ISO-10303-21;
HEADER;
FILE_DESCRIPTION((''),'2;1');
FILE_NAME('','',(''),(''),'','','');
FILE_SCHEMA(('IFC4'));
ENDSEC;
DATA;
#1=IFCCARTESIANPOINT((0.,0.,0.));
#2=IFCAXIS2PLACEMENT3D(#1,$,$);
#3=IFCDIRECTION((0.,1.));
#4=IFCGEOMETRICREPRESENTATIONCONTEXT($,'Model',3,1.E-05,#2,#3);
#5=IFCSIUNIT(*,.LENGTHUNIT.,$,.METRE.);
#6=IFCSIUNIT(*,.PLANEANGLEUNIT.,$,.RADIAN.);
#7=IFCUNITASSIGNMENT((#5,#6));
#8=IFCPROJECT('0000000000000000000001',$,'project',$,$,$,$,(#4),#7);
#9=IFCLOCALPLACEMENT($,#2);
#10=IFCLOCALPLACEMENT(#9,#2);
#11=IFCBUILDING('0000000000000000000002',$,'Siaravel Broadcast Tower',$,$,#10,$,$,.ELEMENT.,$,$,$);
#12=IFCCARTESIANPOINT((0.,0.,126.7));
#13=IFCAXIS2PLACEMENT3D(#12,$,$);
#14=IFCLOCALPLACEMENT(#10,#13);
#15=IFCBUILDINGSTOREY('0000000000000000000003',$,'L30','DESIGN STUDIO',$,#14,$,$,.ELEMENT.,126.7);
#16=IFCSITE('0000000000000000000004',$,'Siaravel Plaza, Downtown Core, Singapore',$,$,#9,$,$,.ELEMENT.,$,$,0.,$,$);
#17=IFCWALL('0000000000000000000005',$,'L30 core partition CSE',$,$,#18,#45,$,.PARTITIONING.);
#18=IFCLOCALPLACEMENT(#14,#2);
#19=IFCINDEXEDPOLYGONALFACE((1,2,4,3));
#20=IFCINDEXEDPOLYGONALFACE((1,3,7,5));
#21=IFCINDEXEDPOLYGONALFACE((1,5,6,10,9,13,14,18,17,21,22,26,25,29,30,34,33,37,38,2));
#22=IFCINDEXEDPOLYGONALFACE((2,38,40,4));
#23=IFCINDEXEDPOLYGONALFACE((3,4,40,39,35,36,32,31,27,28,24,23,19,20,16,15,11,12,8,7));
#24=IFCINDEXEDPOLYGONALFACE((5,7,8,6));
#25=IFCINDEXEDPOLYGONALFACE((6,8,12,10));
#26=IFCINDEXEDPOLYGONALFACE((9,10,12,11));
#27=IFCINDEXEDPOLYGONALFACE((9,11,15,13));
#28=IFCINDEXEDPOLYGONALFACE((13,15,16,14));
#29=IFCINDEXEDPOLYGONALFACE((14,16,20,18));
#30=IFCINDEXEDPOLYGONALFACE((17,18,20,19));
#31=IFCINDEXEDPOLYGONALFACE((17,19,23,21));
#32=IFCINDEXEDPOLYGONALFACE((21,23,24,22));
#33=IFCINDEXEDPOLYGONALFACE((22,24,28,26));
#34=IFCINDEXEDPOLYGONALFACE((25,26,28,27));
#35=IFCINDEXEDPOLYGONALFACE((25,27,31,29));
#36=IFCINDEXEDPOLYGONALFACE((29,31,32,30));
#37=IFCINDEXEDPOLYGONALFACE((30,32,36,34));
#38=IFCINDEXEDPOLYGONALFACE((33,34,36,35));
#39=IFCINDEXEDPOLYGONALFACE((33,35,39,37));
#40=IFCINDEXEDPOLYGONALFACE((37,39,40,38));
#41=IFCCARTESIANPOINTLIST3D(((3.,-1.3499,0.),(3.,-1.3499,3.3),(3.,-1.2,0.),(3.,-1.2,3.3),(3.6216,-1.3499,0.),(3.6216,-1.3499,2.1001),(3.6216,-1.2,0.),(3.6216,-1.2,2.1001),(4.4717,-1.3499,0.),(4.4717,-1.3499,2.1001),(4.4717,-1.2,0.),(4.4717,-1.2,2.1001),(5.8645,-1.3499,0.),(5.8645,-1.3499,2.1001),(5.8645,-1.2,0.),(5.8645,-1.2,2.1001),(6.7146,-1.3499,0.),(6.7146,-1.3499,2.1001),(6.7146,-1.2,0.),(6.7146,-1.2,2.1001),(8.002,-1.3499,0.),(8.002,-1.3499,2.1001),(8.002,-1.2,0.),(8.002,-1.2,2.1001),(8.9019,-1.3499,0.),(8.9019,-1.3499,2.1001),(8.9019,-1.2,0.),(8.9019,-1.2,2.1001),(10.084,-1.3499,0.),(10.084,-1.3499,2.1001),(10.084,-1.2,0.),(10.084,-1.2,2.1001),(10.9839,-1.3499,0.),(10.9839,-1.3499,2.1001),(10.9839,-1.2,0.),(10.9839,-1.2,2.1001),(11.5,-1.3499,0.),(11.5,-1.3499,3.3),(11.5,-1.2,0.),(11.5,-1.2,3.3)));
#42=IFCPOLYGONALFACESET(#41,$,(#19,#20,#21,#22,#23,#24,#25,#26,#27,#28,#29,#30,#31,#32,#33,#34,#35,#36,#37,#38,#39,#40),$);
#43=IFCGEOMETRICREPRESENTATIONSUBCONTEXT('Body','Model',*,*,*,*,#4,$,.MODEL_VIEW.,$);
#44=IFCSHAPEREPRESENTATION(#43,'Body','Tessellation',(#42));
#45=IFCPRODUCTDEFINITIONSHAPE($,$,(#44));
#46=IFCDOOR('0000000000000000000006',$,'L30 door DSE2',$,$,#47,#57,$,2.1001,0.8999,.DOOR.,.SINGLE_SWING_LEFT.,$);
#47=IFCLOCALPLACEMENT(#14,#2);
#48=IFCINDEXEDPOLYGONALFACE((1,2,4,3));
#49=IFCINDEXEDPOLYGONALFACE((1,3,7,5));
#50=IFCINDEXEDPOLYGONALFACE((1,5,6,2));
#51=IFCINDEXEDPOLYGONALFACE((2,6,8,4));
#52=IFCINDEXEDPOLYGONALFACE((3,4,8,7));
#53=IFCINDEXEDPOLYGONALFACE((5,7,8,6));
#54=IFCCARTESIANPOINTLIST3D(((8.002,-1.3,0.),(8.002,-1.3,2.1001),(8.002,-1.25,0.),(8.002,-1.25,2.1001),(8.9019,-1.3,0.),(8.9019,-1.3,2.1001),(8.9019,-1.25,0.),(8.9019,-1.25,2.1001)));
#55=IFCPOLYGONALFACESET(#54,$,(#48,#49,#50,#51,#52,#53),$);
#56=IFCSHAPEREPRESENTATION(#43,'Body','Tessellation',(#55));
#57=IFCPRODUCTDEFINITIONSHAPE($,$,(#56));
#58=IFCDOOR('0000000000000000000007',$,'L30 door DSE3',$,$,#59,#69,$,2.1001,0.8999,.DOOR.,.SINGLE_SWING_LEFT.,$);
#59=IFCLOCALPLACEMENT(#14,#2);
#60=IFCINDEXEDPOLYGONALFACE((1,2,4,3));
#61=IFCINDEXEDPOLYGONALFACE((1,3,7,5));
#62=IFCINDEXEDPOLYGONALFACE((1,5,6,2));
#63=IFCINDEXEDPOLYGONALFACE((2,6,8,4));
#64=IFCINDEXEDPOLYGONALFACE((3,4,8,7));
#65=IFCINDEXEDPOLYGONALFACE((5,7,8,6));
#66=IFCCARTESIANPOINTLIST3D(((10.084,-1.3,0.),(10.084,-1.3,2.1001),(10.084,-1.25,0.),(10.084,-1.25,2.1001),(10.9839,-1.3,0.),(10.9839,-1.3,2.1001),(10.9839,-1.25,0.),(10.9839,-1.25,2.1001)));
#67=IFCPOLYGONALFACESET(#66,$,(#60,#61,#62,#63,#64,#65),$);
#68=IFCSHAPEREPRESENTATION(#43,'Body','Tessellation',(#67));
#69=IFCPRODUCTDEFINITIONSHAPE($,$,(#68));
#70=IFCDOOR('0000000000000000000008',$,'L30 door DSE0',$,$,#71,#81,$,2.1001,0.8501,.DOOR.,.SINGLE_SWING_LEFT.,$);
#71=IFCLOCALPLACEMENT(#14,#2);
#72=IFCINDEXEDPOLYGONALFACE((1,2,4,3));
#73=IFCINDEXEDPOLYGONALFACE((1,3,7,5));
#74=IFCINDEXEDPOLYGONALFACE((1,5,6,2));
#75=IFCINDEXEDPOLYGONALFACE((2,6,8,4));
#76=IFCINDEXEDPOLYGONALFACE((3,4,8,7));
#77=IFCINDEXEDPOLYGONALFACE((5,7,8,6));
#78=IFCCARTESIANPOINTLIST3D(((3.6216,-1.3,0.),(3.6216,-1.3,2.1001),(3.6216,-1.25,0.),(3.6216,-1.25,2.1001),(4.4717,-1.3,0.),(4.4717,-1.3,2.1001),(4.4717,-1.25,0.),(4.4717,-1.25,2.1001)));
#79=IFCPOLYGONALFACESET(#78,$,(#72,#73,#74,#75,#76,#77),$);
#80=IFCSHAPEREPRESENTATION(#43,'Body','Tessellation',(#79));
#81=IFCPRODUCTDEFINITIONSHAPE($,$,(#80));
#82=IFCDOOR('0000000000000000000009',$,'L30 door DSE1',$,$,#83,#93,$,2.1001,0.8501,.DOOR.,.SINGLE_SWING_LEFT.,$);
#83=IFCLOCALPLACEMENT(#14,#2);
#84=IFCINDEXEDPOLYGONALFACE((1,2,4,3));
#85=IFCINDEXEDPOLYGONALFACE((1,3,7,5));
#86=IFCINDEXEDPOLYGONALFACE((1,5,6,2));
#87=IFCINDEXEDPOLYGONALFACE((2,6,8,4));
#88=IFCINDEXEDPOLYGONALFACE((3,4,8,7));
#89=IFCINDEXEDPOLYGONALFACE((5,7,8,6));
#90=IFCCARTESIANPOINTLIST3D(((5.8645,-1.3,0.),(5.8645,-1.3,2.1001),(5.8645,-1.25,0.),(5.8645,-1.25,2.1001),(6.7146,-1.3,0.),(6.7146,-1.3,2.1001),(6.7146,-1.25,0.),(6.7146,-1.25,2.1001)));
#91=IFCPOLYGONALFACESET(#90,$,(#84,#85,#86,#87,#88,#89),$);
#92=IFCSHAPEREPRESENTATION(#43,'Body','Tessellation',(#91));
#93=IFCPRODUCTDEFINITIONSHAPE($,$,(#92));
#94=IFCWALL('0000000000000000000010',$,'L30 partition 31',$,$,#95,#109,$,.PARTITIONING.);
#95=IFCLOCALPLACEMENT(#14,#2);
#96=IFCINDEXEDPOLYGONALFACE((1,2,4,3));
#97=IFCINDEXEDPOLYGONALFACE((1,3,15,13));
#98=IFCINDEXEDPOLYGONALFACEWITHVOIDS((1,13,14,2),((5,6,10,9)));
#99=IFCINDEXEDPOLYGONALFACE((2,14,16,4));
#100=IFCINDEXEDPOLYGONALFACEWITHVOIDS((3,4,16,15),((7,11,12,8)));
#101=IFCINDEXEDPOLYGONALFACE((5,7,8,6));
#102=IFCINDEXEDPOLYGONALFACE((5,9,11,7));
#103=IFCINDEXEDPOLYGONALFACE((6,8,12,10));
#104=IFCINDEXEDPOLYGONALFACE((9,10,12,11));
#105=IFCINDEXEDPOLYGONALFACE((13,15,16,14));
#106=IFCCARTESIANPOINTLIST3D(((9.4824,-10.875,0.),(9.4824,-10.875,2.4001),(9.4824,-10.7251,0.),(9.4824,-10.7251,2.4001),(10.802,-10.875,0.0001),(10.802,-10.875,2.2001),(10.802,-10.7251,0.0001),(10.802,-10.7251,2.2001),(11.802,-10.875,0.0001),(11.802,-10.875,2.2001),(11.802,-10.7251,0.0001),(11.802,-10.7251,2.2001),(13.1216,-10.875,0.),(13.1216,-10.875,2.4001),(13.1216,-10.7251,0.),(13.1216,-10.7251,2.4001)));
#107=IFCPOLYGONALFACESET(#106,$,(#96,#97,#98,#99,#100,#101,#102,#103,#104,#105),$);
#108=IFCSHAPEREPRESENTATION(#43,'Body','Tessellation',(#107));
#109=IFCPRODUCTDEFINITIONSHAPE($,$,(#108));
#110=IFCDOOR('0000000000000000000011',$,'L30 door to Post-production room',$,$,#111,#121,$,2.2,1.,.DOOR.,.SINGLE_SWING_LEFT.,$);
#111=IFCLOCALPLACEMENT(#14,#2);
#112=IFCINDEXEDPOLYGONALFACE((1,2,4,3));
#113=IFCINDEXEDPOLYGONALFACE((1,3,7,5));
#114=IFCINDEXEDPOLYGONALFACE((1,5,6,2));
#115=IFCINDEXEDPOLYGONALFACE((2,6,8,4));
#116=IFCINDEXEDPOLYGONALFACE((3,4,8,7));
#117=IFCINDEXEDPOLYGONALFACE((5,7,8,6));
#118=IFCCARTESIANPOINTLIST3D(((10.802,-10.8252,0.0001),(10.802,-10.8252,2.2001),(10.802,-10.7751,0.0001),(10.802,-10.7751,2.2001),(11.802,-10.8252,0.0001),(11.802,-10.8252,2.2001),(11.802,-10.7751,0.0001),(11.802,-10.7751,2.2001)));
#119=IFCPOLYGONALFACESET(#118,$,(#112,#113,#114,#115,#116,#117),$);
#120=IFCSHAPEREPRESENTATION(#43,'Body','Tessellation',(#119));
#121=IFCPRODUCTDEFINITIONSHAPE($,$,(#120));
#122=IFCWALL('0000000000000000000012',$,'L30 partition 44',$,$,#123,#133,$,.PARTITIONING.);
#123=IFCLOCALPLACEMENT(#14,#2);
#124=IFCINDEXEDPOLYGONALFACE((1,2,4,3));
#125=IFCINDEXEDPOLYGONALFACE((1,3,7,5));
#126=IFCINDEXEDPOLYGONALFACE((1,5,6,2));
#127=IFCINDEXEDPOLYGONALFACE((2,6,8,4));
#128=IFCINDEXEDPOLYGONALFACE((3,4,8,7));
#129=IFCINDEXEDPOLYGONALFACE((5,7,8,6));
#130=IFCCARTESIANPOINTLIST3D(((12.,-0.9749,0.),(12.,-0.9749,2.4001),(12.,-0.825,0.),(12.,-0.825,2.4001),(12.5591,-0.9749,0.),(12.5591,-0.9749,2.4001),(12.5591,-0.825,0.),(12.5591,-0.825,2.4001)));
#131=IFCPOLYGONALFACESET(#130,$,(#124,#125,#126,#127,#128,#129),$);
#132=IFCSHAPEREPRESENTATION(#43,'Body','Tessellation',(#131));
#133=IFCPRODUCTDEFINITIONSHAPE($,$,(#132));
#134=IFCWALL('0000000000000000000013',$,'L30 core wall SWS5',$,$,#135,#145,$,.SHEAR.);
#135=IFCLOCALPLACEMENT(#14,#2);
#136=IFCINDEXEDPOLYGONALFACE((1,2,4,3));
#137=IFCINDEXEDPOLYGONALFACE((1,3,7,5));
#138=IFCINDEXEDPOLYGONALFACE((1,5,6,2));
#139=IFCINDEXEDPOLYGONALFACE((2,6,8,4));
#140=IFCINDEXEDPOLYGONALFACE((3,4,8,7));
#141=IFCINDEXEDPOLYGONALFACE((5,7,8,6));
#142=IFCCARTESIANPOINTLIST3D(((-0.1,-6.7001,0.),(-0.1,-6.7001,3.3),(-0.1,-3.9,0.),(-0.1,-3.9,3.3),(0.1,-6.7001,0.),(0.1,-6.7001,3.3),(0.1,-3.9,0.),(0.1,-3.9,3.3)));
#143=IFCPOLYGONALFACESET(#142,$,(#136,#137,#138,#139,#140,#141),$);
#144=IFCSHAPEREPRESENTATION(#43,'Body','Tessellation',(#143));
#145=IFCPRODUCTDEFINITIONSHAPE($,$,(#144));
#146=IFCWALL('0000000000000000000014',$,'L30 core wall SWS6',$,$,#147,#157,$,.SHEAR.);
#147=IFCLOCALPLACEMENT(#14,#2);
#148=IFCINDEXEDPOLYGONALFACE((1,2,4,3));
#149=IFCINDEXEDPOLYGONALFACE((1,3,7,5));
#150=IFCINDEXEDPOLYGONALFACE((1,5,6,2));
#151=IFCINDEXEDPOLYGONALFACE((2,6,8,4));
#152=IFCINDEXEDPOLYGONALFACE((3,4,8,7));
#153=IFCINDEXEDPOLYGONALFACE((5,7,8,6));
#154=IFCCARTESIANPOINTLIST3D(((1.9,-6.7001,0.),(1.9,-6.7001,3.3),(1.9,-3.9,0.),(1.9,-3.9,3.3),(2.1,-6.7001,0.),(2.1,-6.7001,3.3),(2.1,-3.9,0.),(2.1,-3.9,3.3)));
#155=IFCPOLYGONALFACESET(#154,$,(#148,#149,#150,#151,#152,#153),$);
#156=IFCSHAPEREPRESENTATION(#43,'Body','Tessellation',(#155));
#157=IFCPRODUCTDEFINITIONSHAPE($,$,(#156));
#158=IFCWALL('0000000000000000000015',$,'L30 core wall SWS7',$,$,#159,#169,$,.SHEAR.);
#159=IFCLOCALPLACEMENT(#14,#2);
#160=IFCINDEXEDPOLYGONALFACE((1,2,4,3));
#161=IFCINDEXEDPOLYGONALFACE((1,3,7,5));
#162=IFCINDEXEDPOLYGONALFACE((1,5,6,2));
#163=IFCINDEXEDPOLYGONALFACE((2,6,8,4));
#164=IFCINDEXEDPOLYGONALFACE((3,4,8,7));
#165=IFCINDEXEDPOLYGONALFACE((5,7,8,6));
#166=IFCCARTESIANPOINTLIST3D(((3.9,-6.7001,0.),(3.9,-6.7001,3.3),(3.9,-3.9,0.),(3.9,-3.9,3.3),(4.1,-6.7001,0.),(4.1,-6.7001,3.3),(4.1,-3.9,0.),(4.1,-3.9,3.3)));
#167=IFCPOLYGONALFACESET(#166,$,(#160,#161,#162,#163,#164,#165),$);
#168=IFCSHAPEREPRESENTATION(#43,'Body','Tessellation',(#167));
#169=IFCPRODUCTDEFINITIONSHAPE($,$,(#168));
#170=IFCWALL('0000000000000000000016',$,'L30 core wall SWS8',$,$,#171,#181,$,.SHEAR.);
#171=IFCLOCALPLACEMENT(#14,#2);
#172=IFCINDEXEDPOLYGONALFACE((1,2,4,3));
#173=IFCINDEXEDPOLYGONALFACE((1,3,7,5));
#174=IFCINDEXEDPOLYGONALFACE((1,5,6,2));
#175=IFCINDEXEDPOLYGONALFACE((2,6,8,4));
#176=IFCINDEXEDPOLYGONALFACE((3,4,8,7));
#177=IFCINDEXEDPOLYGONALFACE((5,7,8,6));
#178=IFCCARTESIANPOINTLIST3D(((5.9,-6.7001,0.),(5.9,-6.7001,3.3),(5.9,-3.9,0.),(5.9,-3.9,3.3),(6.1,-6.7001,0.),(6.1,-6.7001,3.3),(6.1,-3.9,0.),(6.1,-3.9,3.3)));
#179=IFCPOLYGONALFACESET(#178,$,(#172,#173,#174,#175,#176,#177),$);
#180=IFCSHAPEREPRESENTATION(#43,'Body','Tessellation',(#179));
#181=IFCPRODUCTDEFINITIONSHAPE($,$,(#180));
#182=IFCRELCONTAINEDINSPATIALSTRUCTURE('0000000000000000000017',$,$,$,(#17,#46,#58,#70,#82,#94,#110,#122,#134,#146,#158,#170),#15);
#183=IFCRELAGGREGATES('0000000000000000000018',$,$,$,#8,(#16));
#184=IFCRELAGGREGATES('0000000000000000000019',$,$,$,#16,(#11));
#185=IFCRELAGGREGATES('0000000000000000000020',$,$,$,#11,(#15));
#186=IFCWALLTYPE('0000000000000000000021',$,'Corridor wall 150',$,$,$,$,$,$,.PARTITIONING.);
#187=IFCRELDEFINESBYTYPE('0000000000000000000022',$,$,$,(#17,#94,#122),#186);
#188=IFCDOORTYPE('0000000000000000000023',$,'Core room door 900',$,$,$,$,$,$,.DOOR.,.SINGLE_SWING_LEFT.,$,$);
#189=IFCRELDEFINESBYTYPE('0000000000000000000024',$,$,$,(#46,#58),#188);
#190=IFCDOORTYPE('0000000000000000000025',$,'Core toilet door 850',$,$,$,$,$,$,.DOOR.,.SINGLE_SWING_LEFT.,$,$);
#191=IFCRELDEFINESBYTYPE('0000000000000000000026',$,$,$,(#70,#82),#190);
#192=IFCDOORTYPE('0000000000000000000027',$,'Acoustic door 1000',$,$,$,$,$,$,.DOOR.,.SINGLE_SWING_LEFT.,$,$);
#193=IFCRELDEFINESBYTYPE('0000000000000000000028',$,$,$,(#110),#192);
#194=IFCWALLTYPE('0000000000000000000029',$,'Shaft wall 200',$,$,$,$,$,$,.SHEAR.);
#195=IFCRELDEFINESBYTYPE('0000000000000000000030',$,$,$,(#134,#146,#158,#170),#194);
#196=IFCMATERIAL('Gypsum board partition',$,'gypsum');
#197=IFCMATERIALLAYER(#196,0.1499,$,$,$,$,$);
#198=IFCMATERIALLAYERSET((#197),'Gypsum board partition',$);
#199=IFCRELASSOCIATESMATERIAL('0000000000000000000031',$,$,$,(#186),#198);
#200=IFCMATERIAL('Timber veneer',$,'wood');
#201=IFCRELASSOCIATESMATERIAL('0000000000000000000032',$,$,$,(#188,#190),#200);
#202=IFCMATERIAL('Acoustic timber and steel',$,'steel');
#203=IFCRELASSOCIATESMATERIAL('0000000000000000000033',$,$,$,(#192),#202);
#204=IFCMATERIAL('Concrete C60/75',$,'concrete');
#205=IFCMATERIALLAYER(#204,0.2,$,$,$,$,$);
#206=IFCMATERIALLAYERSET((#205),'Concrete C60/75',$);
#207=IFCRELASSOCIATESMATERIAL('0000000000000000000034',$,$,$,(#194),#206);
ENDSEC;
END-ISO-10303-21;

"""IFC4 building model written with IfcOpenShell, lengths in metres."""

from ifc_helpers import new_model, si_unit, direction, frame, frame_2d, origin, place, context, subcontext, project, spatial, rectangle, extrude, material, layer, layer_set, type_object, element, fill, save


model = new_model("IFC4")

# Units and contexts
model_context = context("Model", 3, precision=1e-05, world=origin(), true_north=direction((0.0, 1.0)))
body_context = subcontext(model_context, "Body", "Model", "MODEL_VIEW")
ifc_project = project(units=[si_unit("LENGTHUNIT", "METRE"), si_unit("PLANEANGLEUNIT", "RADIAN")], contexts=[model_context])

# Site, building, storey
site_placement = place(None, origin())
site = spatial("IfcSite", under=ifc_project, at=site_placement, Name="Siaravel Plaza, Downtown Core, Singapore", CompositionType="ELEMENT", RefElevation=0.0)
building_placement = place(site_placement, origin())
building = spatial("IfcBuilding", under=site, at=building_placement, Name="Siaravel Broadcast Tower", CompositionType="ELEMENT")
storey_placement = place(building_placement, frame((0.0, 0.0, 126.7)))
storey = spatial("IfcBuildingStorey", under=building, at=storey_placement, Name="L30", Description="DESIGN STUDIO", CompositionType="ELEMENT", Elevation=126.7)

# Shared definitions
ifc_material_1 = material(Name="Concrete C60/75", Category="concrete")

# Wall, openings, doors
ifc_material_2 = material(Name="Gypsum board partition", Category="gypsum")
ifc_layer_1 = layer(ifc_material_2, 0.1499)
ifc_layer_set_1 = layer_set([ifc_layer_1], Name="Gypsum board partition")
wall_type_1 = type_object("IfcWallType", Name="Corridor wall 150", PredefinedType="PARTITIONING", material=ifc_layer_set_1)
wall_1_placement = place(storey_placement, frame((3.0, -1.2749, 0.0), z_axis=(0.0, 0.0, 1.0), x_axis=(1.0, 0.0, 0.0)))
wall_1 = element("IfcWall", 1, at=wall_1_placement, inside=storey, type_object=wall_type_1, Name="L30 core partition CSE", PredefinedType="PARTITIONING", context=body_context, shape_type="SweptSolid", body=[
    extrude(rectangle(XDim=8.5, YDim=0.1499, at=frame_2d((4.25, 0.0))), origin(), (0.0, 0.0, 1.0), 3.3),
])
opening_1_placement = place(wall_1_placement, frame((0.6216, 0.0, 0.0)))
opening_1 = element("IfcOpeningElement", 2, at=opening_1_placement, cuts=wall_1, PredefinedType="OPENING", context=body_context, shape_type="SweptSolid", body=[
    extrude(rectangle(XDim=0.8501, YDim=2.1001, at=frame_2d((0.425, 1.05))), frame((0.0, 0.085, 0.0), z_axis=(0.0, -1.0, 0.0), x_axis=(1.0, 0.0, 0.0)), (0.0, 0.0, 1.0), 0.1699),
])
opening_2_placement = place(wall_1_placement, frame((2.8645, 0.0, 0.0)))
opening_2 = element("IfcOpeningElement", 3, at=opening_2_placement, cuts=wall_1, PredefinedType="OPENING", context=body_context, shape_type="SweptSolid", body=[
    extrude(rectangle(XDim=0.8501, YDim=2.1001, at=frame_2d((0.425, 1.05))), frame((0.0, 0.085, 0.0), z_axis=(0.0, -1.0, 0.0), x_axis=(1.0, 0.0, 0.0)), (0.0, 0.0, 1.0), 0.1699),
])
opening_3_placement = place(wall_1_placement, frame((5.002, 0.0, 0.0)))
opening_3 = element("IfcOpeningElement", 4, at=opening_3_placement, cuts=wall_1, PredefinedType="OPENING", context=body_context, shape_type="SweptSolid", body=[
    extrude(rectangle(XDim=0.8999, YDim=2.1001, at=frame_2d((0.45, 1.05))), frame((0.0, 0.085, 0.0), z_axis=(0.0, -1.0, 0.0), x_axis=(1.0, 0.0, 0.0)), (0.0, 0.0, 1.0), 0.1699),
])
opening_4_placement = place(wall_1_placement, frame((7.084, 0.0, 0.0)))
opening_4 = element("IfcOpeningElement", 5, at=opening_4_placement, cuts=wall_1, PredefinedType="OPENING", context=body_context, shape_type="SweptSolid", body=[
    extrude(rectangle(XDim=0.8999, YDim=2.1001, at=frame_2d((0.45, 1.05))), frame((0.0, 0.085, 0.0), z_axis=(0.0, -1.0, 0.0), x_axis=(1.0, 0.0, 0.0)), (0.0, 0.0, 1.0), 0.1699),
])
ifc_material_3 = material(Name="Timber veneer", Category="wood")
door_type_1 = type_object("IfcDoorType", Name="Core room door 900", OperationType="SINGLE_SWING_LEFT", PredefinedType="DOOR", material=ifc_material_3)
door_1_placement = place(opening_3_placement, origin())
door_1 = element("IfcDoor", 6, at=door_1_placement, inside=storey, type_object=door_type_1, Name="L30 door DSE2", OperationType="SINGLE_SWING_LEFT", OverallHeight=2.1001, OverallWidth=0.8999, PredefinedType="DOOR", context=body_context, shape_type="SweptSolid", body=[
    extrude(rectangle(XDim=0.8999, YDim=2.1001, at=frame_2d((0.45, 1.05))), frame((0.0, 0.0249, 0.0), z_axis=(0.0, -1.0, 0.0), x_axis=(1.0, 0.0, 0.0)), (0.0, 0.0, 1.0), 0.05),
])
fill(opening_3, door_1)
door_2_placement = place(opening_4_placement, origin())
door_2 = element("IfcDoor", 7, at=door_2_placement, inside=storey, type_object=door_type_1, Name="L30 door DSE3", OperationType="SINGLE_SWING_LEFT", OverallHeight=2.1001, OverallWidth=0.8999, PredefinedType="DOOR", context=body_context, shape_type="SweptSolid", body=[
    extrude(rectangle(XDim=0.8999, YDim=2.1001, at=frame_2d((0.45, 1.05))), frame((0.0, 0.0249, 0.0), z_axis=(0.0, -1.0, 0.0), x_axis=(1.0, 0.0, 0.0)), (0.0, 0.0, 1.0), 0.05),
])
fill(opening_4, door_2)
door_type_2 = type_object("IfcDoorType", Name="Core toilet door 850", OperationType="SINGLE_SWING_LEFT", PredefinedType="DOOR", material=ifc_material_3)
door_3_placement = place(opening_1_placement, origin())
door_3 = element("IfcDoor", 8, at=door_3_placement, inside=storey, type_object=door_type_2, Name="L30 door DSE0", OperationType="SINGLE_SWING_LEFT", OverallHeight=2.1001, OverallWidth=0.8501, PredefinedType="DOOR", context=body_context, shape_type="SweptSolid", body=[
    extrude(rectangle(XDim=0.8501, YDim=2.1001, at=frame_2d((0.425, 1.05))), frame((0.0, 0.0249, 0.0), z_axis=(0.0, -1.0, 0.0), x_axis=(1.0, 0.0, 0.0)), (0.0, 0.0, 1.0), 0.05),
])
fill(opening_1, door_3)
door_4_placement = place(opening_2_placement, origin())
door_4 = element("IfcDoor", 9, at=door_4_placement, inside=storey, type_object=door_type_2, Name="L30 door DSE1", OperationType="SINGLE_SWING_LEFT", OverallHeight=2.1001, OverallWidth=0.8501, PredefinedType="DOOR", context=body_context, shape_type="SweptSolid", body=[
    extrude(rectangle(XDim=0.8501, YDim=2.1001, at=frame_2d((0.425, 1.05))), frame((0.0, 0.0249, 0.0), z_axis=(0.0, -1.0, 0.0), x_axis=(1.0, 0.0, 0.0)), (0.0, 0.0, 1.0), 0.05),
])
fill(opening_2, door_4)

# Wall, opening, door
wall_2_placement = place(storey_placement, frame((9.4824, -10.8, 0.0), z_axis=(0.0, 0.0, 1.0), x_axis=(1.0, 0.0, 0.0)))
wall_2 = element("IfcWall", 10, at=wall_2_placement, inside=storey, type_object=wall_type_1, Name="L30 partition 31", PredefinedType="PARTITIONING", context=body_context, shape_type="SweptSolid", body=[
    extrude(rectangle(XDim=3.6392, YDim=0.1499, at=frame_2d((1.8196, 0.0))), origin(), (0.0, 0.0, 1.0), 2.4001),
])
opening_5_placement = place(wall_2_placement, frame((1.3196, 0.0, 0.0)))
opening_5 = element("IfcOpeningElement", 11, at=opening_5_placement, cuts=wall_2, PredefinedType="OPENING", context=body_context, shape_type="SweptSolid", body=[
    extrude(rectangle(XDim=1.0, YDim=2.2, at=frame_2d((0.5, 1.1001))), frame((0.0, 0.085, 0.0), z_axis=(0.0, -1.0, 0.0), x_axis=(1.0, 0.0, 0.0)), (0.0, 0.0, 1.0), 0.1699),
])
ifc_material_4 = material(Name="Acoustic timber and steel", Category="steel")
door_type_3 = type_object("IfcDoorType", Name="Acoustic door 1000", OperationType="SINGLE_SWING_LEFT", PredefinedType="DOOR", material=ifc_material_4)
door_5_placement = place(opening_5_placement, origin())
door_5 = element("IfcDoor", 12, at=door_5_placement, inside=storey, type_object=door_type_3, Name="L30 door to Post-production room", OperationType="SINGLE_SWING_LEFT", OverallHeight=2.2, OverallWidth=1.0, PredefinedType="DOOR", context=body_context, shape_type="SweptSolid", body=[
    extrude(rectangle(XDim=1.0, YDim=2.2, at=frame_2d((0.5, 1.1001))), frame((0.0, 0.0249, 0.0), z_axis=(0.0, -1.0, 0.0), x_axis=(1.0, 0.0, 0.0)), (0.0, 0.0, 1.0), 0.05),
])
fill(opening_5, door_5)

# Walls
wall_3_placement = place(storey_placement, frame((12.0, -0.8999, 0.0), z_axis=(0.0, 0.0, 1.0), x_axis=(1.0, 0.0, 0.0)))
element("IfcWall", 13, at=wall_3_placement, inside=storey, type_object=wall_type_1, Name="L30 partition 44", PredefinedType="PARTITIONING", context=body_context, shape_type="SweptSolid", body=[
    extrude(rectangle(XDim=0.5591, YDim=0.1499, at=frame_2d((0.2795, 0.0))), origin(), (0.0, 0.0, 1.0), 2.4001),
])
ifc_layer_2 = layer(ifc_material_1, 0.2)
ifc_layer_set_2 = layer_set([ifc_layer_2], Name="Concrete C60/75")
wall_type_2 = type_object("IfcWallType", Name="Shaft wall 200", PredefinedType="SHEAR", material=ifc_layer_set_2)
for number, where, z_axis, x_axis, name in (
    (14, (0.0, -6.7, 0.0), (0.0, 0.0, 1.0), (0.0, 1.0, 0.0), "L30 core wall SWS5"),
    (15, (2.0, -6.7, 0.0), (0.0, 0.0, 1.0), (0.0, 1.0, 0.0), "L30 core wall SWS6"),
    (16, (4.0, -6.7, 0.0), (0.0, 0.0, 1.0), (0.0, 1.0, 0.0), "L30 core wall SWS7"),
    (17, (6.0, -6.7, 0.0), (0.0, 0.0, 1.0), (0.0, 1.0, 0.0), "L30 core wall SWS8"),
):
    element("IfcWall", number, at=place(storey_placement, frame(where, z_axis=z_axis, x_axis=x_axis)), inside=storey, type_object=wall_type_2, Name=name, PredefinedType="SHEAR", context=body_context, shape_type="SweptSolid", body=[
        extrude(rectangle(XDim=2.8, YDim=0.2, at=frame_2d((1.3999, 0.0))), origin(), (0.0, 0.0, 1.0), 3.3),
    ])

save(model, "model.ifc")
